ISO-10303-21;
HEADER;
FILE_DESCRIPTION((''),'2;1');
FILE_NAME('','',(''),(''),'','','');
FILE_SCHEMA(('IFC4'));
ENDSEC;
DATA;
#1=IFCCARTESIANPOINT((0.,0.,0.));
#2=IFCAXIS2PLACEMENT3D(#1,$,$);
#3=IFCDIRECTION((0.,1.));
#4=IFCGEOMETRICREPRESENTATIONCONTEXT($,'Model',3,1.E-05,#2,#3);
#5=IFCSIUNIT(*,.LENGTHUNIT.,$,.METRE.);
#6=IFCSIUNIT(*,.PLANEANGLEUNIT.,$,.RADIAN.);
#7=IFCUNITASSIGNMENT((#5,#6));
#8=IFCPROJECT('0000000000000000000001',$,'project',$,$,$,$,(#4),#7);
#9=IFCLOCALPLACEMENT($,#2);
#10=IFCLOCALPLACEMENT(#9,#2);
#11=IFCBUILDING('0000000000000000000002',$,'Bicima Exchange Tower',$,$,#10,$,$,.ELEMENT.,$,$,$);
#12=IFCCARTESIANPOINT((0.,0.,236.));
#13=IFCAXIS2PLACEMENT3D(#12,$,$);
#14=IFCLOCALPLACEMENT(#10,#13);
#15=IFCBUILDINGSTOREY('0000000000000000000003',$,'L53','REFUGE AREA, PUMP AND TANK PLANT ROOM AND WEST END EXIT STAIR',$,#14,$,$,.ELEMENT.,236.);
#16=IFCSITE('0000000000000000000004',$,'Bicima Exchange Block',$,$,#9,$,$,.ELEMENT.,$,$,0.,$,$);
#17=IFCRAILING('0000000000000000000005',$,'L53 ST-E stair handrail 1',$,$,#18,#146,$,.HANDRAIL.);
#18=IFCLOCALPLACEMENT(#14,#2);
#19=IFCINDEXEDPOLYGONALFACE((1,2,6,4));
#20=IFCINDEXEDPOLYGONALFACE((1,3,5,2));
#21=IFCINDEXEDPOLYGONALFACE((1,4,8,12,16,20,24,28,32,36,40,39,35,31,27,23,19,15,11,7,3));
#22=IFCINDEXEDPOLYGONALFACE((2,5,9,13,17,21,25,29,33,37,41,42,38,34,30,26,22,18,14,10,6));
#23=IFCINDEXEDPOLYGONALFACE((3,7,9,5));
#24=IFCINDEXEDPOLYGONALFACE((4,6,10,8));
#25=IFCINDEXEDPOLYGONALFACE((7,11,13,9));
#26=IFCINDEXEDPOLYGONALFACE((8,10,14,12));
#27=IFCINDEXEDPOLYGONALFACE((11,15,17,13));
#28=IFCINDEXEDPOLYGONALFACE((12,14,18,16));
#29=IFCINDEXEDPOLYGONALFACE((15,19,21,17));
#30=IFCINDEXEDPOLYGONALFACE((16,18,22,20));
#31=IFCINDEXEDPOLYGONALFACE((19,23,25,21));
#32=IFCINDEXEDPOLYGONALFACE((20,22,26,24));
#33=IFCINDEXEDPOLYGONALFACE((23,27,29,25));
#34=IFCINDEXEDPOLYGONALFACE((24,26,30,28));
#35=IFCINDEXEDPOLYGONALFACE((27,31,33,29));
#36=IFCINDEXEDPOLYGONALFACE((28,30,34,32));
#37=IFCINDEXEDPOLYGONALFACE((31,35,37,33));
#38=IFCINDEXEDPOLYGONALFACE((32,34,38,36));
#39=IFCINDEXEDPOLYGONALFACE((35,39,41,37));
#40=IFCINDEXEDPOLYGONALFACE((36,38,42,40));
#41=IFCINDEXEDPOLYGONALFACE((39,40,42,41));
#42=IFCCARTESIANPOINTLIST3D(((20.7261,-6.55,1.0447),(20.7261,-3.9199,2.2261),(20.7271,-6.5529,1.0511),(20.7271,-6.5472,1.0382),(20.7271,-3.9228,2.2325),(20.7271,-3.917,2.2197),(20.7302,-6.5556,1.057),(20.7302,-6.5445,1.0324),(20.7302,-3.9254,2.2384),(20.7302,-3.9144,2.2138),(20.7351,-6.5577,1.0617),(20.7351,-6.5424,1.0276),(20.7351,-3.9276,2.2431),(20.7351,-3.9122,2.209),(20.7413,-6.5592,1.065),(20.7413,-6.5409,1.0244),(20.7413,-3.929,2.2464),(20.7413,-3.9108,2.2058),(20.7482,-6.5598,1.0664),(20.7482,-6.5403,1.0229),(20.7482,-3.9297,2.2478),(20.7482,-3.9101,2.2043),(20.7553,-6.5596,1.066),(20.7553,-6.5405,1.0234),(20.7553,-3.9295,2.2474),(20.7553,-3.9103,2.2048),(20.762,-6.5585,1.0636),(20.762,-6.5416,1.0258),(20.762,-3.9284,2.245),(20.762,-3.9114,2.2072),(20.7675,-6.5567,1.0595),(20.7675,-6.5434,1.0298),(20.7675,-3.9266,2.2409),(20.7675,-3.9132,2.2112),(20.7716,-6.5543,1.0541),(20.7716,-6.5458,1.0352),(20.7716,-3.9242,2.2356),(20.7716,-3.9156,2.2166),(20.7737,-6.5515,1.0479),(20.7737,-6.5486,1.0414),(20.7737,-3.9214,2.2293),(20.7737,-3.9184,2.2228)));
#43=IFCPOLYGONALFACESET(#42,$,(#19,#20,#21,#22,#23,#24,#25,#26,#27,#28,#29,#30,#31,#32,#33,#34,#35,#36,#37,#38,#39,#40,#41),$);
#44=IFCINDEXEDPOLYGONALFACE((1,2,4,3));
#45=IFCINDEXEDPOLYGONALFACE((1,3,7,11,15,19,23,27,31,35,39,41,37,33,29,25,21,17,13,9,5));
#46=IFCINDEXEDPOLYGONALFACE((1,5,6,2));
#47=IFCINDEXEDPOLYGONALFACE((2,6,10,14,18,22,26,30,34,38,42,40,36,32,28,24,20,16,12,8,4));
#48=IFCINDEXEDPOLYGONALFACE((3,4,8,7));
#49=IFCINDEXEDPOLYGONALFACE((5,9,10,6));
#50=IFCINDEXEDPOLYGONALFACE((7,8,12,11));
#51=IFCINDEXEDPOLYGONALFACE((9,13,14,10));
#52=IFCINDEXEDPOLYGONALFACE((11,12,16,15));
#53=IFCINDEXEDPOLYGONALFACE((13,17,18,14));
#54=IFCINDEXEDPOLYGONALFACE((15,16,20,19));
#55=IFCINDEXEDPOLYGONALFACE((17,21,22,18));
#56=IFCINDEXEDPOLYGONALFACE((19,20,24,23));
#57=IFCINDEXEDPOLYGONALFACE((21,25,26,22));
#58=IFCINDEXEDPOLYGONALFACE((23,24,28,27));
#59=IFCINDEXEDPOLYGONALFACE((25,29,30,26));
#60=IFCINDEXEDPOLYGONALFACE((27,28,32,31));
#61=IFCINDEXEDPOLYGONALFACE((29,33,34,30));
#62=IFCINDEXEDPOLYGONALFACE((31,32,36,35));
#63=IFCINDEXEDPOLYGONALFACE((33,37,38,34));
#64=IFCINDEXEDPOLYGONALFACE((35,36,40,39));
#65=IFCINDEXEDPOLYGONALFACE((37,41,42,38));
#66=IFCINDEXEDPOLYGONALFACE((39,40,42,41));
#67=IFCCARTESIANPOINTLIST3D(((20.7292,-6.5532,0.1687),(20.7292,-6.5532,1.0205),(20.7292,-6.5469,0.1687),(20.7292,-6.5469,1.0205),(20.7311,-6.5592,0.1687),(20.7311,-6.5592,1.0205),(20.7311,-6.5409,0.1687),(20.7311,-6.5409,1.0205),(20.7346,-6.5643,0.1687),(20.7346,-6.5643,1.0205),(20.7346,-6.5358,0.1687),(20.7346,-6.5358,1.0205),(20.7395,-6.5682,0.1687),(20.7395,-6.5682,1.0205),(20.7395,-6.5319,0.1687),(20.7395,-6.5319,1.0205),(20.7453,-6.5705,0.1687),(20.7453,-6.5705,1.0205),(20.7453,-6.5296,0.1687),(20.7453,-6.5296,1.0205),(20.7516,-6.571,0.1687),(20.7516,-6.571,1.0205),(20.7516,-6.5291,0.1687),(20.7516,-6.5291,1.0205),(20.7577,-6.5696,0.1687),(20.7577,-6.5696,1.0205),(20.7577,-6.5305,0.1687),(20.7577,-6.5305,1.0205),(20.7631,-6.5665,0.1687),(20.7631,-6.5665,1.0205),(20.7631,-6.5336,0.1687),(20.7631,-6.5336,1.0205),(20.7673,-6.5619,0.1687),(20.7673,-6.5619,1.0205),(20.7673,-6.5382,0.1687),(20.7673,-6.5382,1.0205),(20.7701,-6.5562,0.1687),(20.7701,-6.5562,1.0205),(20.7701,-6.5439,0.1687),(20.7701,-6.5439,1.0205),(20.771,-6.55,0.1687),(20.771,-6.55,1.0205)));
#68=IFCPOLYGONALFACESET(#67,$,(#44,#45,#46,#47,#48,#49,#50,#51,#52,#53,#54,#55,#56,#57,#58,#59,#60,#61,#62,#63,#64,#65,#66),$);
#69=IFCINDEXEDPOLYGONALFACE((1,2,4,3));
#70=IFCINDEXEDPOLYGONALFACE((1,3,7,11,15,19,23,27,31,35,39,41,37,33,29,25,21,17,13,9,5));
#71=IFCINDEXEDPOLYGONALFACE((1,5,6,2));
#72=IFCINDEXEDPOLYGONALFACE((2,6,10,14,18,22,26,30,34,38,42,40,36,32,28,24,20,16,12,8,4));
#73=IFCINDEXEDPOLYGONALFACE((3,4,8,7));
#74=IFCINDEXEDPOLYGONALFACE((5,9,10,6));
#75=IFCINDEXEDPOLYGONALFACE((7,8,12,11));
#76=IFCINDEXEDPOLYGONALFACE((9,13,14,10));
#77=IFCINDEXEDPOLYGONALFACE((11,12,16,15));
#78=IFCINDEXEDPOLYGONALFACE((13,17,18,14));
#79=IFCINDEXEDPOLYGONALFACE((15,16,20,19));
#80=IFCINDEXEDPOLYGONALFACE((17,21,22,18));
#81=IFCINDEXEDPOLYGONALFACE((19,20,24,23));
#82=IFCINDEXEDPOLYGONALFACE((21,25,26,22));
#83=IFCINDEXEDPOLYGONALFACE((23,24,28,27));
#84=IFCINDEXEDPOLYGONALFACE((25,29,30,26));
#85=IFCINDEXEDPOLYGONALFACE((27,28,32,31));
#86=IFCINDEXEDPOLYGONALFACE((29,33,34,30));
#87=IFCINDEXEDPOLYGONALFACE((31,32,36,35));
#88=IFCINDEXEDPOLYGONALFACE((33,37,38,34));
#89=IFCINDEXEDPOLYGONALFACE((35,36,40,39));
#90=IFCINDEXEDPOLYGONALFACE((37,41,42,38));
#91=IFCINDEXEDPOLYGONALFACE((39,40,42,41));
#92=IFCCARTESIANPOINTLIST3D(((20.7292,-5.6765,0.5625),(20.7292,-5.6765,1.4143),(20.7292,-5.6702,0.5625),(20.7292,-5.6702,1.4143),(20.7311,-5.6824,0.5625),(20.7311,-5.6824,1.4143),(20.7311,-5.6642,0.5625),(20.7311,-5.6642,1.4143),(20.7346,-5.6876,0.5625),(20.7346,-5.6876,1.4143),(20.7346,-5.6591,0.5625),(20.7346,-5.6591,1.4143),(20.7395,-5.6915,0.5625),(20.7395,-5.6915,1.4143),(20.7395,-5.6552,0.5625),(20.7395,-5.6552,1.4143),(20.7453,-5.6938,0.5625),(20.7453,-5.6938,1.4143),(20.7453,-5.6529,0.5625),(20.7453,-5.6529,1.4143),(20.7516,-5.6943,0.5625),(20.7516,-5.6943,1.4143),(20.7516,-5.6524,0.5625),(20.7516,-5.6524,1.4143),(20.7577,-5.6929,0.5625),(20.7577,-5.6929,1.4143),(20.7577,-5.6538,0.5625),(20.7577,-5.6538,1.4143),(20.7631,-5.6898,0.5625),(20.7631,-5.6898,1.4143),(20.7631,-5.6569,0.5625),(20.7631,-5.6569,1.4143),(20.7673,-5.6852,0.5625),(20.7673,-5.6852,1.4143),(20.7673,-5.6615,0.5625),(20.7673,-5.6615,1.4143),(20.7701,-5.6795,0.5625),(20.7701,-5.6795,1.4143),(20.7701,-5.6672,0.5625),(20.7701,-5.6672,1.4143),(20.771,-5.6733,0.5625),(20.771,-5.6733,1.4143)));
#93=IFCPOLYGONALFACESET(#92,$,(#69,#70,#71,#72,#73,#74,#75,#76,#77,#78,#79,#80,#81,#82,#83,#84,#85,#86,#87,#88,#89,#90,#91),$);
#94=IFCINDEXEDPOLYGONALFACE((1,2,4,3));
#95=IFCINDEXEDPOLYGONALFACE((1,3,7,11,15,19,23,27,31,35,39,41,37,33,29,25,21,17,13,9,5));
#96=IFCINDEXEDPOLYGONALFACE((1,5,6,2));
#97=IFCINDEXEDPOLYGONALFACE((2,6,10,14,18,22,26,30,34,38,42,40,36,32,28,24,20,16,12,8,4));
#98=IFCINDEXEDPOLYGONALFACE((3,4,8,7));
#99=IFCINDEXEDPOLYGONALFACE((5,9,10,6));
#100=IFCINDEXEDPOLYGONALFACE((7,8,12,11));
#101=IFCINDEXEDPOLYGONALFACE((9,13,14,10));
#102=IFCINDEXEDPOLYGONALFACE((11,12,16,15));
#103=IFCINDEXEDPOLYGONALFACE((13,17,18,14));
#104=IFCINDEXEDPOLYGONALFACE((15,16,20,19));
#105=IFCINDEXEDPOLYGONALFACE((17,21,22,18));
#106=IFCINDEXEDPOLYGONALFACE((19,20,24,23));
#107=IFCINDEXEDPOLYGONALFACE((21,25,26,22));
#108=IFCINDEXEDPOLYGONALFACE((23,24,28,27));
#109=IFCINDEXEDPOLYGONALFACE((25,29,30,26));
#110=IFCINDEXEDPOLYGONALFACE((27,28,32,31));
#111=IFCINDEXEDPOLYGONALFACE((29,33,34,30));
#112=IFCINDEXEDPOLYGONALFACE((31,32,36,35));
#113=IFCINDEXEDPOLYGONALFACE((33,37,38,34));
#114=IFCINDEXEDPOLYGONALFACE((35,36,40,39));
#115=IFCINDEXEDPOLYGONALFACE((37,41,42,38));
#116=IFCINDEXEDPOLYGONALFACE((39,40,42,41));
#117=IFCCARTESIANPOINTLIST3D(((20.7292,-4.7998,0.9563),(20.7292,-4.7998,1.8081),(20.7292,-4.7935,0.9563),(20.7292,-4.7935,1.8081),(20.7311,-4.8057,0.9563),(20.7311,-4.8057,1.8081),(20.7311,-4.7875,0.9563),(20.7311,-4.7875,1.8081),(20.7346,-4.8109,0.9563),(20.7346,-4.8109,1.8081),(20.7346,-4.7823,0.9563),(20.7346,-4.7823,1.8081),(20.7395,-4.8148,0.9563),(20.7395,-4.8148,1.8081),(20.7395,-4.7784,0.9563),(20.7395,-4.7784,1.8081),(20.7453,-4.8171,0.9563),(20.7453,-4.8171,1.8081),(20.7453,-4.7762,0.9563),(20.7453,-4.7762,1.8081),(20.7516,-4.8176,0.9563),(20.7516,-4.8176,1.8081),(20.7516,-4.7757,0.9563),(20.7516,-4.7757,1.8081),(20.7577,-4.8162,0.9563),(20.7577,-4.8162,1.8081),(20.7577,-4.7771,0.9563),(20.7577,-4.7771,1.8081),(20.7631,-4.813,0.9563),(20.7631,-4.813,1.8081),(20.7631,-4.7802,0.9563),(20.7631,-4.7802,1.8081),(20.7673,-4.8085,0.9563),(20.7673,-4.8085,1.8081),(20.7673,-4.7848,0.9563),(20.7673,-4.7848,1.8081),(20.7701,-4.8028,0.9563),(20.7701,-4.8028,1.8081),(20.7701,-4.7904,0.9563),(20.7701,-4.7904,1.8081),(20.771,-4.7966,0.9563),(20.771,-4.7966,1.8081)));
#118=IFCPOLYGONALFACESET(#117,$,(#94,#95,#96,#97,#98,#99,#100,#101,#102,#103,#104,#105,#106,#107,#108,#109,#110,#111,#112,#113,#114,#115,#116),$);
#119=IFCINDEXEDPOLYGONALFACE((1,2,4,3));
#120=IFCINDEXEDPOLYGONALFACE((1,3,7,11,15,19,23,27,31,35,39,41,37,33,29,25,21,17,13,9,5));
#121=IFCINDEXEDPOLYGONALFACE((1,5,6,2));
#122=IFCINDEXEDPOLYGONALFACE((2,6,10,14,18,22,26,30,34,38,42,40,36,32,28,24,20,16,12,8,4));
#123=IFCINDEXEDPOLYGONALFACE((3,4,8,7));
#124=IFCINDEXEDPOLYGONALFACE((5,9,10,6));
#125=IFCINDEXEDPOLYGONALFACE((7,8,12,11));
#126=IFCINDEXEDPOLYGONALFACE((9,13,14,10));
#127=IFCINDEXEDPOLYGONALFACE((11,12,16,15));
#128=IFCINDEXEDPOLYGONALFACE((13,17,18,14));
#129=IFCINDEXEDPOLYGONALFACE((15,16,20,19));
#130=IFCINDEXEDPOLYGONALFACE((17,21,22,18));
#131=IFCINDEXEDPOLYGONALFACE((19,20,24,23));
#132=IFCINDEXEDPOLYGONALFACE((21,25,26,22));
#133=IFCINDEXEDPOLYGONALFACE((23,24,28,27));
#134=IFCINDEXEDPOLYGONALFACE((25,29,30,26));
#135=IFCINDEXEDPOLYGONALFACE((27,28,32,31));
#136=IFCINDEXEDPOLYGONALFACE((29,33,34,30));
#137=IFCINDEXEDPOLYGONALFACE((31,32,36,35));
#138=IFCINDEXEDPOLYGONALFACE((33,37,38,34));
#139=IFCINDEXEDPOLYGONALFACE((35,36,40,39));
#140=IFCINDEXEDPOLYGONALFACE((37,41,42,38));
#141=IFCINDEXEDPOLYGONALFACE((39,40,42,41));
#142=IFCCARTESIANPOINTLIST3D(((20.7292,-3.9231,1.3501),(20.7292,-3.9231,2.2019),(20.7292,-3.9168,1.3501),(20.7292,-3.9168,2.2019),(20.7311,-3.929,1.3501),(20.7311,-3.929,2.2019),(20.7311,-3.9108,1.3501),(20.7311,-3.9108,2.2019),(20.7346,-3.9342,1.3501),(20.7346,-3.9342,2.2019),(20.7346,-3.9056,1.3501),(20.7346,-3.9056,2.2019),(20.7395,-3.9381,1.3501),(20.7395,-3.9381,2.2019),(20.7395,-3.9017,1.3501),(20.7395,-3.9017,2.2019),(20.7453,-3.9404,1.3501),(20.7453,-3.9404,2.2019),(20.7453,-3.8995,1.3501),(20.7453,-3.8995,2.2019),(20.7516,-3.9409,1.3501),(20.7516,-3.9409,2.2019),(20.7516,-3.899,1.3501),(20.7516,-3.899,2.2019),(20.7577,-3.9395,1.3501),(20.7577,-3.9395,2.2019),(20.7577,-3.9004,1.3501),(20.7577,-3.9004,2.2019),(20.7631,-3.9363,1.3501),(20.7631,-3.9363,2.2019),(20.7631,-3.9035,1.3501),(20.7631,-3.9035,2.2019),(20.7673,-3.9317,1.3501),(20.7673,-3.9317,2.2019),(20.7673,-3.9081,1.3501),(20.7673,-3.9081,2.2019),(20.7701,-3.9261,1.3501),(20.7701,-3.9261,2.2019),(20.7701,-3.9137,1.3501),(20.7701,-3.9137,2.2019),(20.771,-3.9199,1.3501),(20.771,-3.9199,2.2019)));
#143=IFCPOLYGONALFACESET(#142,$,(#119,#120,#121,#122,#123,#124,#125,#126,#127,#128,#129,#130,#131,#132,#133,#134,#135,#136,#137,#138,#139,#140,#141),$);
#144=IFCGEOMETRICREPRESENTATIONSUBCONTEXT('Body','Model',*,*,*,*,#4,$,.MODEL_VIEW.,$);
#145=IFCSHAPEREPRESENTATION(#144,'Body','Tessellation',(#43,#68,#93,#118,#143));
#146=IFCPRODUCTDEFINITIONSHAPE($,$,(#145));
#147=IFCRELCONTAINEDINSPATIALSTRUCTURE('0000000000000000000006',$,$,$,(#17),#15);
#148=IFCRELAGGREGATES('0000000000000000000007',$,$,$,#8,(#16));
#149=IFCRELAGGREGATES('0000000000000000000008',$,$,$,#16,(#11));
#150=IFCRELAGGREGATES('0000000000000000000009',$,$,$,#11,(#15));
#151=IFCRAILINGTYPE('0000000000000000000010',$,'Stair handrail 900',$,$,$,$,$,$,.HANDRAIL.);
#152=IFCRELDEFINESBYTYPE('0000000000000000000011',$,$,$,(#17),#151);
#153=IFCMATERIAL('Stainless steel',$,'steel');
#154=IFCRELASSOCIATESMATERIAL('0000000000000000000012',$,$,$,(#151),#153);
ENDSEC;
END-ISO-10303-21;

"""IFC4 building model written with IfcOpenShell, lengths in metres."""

from ifc_helpers import new_model, si_unit, direction, frame, origin, origin_2d, place, context, subcontext, project, spatial, circle, extrude, material, type_object, element, save


model = new_model("IFC4")

# Units and contexts
model_context = context("Model", 3, precision=1e-05, world=origin(), true_north=direction((0.0, 1.0)))
body_context = subcontext(model_context, "Body", "Model", "MODEL_VIEW")
ifc_project = project(units=[si_unit("LENGTHUNIT", "METRE"), si_unit("PLANEANGLEUNIT", "RADIAN")], contexts=[model_context])

# Site, building, storey
site_placement = place(None, origin())
site = spatial("IfcSite", under=ifc_project, at=site_placement, Name="Bicima Exchange Block", CompositionType="ELEMENT", RefElevation=0.0)
building_placement = place(site_placement, origin())
building = spatial("IfcBuilding", under=site, at=building_placement, Name="Bicima Exchange Tower", CompositionType="ELEMENT")
storey_placement = place(building_placement, frame((0.0, 0.0, 236.0)))
storey = spatial("IfcBuildingStorey", under=building, at=storey_placement, Name="L53", Description="REFUGE AREA, PUMP AND TANK PLANT ROOM AND WEST END EXIT STAIR", CompositionType="ELEMENT", Elevation=236.0)

# Railing
ifc_material_1 = material(Name="Stainless steel", Category="steel")
railing_type_1 = type_object("IfcRailingType", Name="Stair handrail 900", PredefinedType="HANDRAIL", material=ifc_material_1)
railing_1_placement = place(storey_placement, frame((20.75, -6.55, 0.1687)))
element("IfcRailing", 1, at=railing_1_placement, inside=storey, type_object=railing_type_1, Name="L53 ST-E stair handrail 1", PredefinedType="HANDRAIL", context=body_context, shape_type="SweptSolid", body=[
    extrude(circle(Radius=0.0239, at=origin_2d()), frame((0.0, 0.0, 0.876), z_axis=(0.0, 0.912202, 0.409741), x_axis=(-1.0, 0.0, 0.0)), (0.0, 0.0, 1.0), 2.8833),
    extrude(circle(Radius=0.021, at=origin_2d()), origin(), (0.0, 0.0, 1.0), 0.8518),
    extrude(circle(Radius=0.021, at=origin_2d()), frame((0.0, 0.8767, 0.3938)), (0.0, 0.0, 1.0), 0.8518),
    extrude(circle(Radius=0.021, at=origin_2d()), frame((0.0, 1.7534, 0.7876)), (0.0, 0.0, 1.0), 0.8518),
    extrude(circle(Radius=0.021, at=origin_2d()), frame((0.0, 2.6301, 1.1814)), (0.0, 0.0, 1.0), 0.8518),
])

save(model, "model.ifc")
